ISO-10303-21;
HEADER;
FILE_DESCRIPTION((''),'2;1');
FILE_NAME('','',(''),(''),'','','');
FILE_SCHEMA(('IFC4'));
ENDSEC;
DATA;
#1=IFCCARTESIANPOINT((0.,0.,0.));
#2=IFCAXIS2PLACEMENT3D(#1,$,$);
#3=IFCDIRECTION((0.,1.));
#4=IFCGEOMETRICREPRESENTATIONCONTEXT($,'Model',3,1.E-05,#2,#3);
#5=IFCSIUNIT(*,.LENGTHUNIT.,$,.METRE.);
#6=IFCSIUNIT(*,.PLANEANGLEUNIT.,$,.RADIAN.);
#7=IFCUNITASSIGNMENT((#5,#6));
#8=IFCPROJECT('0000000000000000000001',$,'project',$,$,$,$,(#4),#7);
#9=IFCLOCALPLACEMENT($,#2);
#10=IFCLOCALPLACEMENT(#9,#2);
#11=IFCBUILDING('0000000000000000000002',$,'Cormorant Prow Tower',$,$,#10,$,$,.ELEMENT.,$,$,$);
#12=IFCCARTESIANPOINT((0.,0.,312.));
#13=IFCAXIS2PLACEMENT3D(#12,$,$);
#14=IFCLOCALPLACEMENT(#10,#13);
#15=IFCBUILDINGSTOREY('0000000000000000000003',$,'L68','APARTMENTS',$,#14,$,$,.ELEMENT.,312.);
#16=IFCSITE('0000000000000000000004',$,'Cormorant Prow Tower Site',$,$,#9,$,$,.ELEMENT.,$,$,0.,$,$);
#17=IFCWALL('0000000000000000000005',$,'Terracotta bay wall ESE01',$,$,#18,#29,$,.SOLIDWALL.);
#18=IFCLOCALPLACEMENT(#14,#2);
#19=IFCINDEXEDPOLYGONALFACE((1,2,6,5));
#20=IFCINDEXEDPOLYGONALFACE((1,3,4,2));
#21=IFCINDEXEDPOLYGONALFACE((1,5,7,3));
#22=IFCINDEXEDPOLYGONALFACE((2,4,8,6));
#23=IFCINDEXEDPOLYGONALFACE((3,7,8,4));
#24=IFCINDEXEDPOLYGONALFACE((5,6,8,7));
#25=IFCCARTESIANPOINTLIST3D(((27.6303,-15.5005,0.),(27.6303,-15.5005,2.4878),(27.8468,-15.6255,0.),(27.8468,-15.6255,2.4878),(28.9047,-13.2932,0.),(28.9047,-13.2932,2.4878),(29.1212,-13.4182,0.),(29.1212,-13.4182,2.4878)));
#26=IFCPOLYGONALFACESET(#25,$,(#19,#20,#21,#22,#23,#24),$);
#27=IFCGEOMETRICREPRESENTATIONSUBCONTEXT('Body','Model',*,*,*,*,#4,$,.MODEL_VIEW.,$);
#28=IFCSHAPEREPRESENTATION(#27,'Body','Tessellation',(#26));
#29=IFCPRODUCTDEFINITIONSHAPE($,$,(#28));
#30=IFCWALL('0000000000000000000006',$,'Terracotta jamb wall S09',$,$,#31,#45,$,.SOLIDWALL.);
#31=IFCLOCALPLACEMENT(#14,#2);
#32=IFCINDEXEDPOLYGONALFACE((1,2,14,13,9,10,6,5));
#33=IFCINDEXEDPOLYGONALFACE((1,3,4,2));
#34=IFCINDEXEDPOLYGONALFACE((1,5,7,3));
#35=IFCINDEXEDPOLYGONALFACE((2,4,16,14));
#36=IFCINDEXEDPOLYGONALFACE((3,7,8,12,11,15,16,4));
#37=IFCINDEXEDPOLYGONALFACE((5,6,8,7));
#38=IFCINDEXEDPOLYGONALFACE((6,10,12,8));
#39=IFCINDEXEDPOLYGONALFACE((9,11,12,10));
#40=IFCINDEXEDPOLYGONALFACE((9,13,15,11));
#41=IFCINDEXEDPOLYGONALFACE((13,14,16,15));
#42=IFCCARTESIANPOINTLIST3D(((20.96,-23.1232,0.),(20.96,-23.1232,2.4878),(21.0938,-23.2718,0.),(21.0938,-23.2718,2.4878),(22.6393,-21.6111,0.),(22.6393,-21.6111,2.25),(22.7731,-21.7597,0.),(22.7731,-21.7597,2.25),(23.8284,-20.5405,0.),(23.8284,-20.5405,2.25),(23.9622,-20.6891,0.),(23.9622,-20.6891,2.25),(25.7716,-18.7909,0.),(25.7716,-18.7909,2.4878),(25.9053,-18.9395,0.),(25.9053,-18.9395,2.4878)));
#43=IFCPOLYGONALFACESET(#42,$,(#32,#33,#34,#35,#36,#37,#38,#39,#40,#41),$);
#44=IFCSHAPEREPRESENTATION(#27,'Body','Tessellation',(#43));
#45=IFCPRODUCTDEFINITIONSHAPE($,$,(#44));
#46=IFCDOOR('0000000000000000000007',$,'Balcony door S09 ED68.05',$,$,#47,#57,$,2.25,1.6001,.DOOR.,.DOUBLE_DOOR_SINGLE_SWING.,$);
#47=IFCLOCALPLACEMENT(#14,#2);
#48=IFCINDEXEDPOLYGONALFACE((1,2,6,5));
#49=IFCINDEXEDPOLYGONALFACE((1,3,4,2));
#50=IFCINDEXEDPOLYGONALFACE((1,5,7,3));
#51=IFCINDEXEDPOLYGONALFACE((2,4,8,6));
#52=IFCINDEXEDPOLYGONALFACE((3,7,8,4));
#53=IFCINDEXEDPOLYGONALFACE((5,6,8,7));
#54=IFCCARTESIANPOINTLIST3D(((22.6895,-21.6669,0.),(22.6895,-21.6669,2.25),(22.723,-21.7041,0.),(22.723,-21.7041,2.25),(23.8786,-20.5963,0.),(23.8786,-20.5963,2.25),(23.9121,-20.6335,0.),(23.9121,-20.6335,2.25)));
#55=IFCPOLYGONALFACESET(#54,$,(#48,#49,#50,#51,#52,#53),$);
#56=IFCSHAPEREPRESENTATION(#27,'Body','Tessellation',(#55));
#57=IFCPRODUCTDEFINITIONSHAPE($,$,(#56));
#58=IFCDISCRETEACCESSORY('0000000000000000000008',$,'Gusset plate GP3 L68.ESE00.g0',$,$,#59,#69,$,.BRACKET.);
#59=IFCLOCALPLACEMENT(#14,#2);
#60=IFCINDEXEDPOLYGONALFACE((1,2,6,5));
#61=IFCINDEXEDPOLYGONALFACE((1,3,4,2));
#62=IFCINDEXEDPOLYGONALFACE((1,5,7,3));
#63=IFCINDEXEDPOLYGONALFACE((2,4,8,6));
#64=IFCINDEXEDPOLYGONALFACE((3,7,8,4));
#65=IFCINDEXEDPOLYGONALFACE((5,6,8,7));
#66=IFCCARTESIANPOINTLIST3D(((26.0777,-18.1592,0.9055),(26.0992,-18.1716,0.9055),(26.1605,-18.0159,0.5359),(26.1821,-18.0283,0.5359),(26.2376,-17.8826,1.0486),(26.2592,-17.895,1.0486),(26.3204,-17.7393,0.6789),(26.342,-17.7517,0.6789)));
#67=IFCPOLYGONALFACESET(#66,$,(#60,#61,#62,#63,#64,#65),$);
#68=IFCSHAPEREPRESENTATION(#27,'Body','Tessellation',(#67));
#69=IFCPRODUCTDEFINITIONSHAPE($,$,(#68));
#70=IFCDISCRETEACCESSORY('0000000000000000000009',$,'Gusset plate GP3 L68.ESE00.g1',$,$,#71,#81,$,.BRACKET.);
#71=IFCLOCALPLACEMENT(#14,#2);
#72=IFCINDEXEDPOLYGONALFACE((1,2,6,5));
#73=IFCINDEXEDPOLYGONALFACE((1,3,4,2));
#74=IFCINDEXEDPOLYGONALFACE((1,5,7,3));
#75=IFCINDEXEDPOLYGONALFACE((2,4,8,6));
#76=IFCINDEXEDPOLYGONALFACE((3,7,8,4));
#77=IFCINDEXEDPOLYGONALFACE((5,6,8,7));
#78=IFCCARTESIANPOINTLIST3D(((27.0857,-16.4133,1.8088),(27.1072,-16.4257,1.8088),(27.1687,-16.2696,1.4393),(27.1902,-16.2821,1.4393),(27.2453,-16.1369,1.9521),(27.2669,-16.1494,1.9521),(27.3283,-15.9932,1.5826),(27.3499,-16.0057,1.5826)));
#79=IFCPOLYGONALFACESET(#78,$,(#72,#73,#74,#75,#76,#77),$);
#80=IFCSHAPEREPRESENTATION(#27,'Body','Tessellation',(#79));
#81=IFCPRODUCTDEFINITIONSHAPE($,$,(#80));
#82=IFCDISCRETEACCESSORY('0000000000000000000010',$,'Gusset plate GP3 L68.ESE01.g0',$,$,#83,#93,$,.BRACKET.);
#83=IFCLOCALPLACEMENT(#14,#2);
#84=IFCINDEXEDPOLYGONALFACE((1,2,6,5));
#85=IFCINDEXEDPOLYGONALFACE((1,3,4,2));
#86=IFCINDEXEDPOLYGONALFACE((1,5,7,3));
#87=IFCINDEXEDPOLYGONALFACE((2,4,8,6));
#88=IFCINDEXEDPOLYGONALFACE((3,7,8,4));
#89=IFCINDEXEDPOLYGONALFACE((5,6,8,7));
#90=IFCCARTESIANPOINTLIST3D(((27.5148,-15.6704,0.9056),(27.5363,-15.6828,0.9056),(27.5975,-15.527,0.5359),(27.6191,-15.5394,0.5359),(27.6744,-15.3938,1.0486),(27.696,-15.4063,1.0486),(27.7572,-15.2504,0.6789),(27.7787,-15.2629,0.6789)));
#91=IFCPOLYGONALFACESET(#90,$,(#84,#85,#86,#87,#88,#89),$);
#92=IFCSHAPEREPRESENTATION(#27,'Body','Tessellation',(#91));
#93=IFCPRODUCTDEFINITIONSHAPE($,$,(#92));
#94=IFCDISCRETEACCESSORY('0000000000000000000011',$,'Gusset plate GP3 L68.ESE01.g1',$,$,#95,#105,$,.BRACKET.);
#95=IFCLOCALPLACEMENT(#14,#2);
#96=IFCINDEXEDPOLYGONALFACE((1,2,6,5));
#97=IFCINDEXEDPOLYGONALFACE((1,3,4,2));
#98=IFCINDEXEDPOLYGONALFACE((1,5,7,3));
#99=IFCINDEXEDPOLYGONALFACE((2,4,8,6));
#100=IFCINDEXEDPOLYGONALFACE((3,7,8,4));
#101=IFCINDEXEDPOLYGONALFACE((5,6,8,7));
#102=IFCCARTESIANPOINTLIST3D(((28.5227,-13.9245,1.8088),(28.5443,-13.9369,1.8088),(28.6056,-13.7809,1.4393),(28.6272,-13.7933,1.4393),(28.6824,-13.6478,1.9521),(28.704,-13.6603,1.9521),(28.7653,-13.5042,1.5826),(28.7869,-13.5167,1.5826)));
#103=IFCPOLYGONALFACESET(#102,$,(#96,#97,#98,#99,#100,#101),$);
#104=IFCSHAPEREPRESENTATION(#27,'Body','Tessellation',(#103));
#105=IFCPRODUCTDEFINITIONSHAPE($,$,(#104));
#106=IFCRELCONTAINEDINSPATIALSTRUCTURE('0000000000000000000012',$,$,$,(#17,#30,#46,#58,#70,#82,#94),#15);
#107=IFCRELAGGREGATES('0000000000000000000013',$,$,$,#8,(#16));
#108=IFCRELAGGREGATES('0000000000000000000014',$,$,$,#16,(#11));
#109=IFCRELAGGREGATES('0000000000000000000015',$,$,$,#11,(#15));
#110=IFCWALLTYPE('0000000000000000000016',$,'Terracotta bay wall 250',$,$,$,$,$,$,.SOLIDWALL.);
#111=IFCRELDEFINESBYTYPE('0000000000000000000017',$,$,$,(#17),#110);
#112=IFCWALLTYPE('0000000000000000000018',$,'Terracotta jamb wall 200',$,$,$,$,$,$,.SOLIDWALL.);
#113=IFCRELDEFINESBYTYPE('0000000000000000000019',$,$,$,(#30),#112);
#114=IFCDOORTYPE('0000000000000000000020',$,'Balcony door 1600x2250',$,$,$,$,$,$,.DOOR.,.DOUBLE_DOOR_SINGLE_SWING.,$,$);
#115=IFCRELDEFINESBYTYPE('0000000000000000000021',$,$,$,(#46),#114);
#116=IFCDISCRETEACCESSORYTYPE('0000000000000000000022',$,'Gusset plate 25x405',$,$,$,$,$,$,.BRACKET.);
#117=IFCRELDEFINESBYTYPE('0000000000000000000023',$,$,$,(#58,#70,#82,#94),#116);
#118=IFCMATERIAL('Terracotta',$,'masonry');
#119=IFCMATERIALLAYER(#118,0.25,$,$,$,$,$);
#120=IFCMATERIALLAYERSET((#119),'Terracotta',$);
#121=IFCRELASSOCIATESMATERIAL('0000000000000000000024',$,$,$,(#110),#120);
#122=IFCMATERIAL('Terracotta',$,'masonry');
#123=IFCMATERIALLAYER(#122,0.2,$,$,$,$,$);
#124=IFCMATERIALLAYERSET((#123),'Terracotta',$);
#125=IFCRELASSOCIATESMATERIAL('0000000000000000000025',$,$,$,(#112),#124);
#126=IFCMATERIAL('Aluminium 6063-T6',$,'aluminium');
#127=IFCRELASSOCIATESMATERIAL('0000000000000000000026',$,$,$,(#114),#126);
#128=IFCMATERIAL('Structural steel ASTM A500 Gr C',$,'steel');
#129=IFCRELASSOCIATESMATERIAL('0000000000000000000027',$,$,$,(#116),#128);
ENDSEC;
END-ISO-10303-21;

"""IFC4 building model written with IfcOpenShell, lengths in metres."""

from ifc_helpers import new_model, si_unit, direction, frame, frame_2d, origin, origin_2d, place, context, subcontext, project, spatial, rectangle, extrude, material, layer, layer_set, material_profile, profile_set, type_object, element, fill, save


model = new_model("IFC4")

# Units and contexts
model_context = context("Model", 3, precision=1e-05, world=origin(), true_north=direction((0.0, 1.0)))
body_context = subcontext(model_context, "Body", "Model", "MODEL_VIEW")
ifc_project = project(units=[si_unit("LENGTHUNIT", "METRE"), si_unit("PLANEANGLEUNIT", "RADIAN")], contexts=[model_context])

# Site, building, storey
site_placement = place(None, origin())
site = spatial("IfcSite", under=ifc_project, at=site_placement, Name="Cormorant Prow Tower Site", CompositionType="ELEMENT", RefElevation=0.0)
building_placement = place(site_placement, origin())
building = spatial("IfcBuilding", under=site, at=building_placement, Name="Cormorant Prow Tower", CompositionType="ELEMENT")
storey_placement = place(building_placement, frame((0.0, 0.0, 312.0)))
storey = spatial("IfcBuildingStorey", under=building, at=storey_placement, Name="L68", Description="APARTMENTS", CompositionType="ELEMENT", Elevation=312.0)

# Shared definitions
ifc_material_1 = material(Name="Terracotta", Category="masonry")
ifc_layer_1 = layer(ifc_material_1, 0.25)
ifc_layer_set_1 = layer_set([ifc_layer_1], Name="Terracotta")
wall_type_1 = type_object("IfcWallType", Name="Terracotta bay wall 250", PredefinedType="SOLIDWALL", material=ifc_layer_set_1)

# Wall
wall_1_placement = place(storey_placement, frame((27.7385, -15.563, 0.0), z_axis=(0.0, 0.0, 1.0), x_axis=(0.500013, 0.866018, 0.0)))
element("IfcWall", 1, at=wall_1_placement, inside=storey, type_object=wall_type_1, Name="Terracotta bay wall ESE01", PredefinedType="SOLIDWALL", context=body_context, shape_type="SweptSolid", body=[
    extrude(rectangle(XDim=2.5488, YDim=0.25, at=frame_2d((1.2744, 0.0))), origin(), (0.0, 0.0, 1.0), 2.4878),
])

# Wall, opening, door
ifc_material_2 = material(Name="Terracotta", Category="masonry")
ifc_layer_2 = layer(ifc_material_2, 0.2)
ifc_layer_set_2 = layer_set([ifc_layer_2], Name="Terracotta")
wall_type_2 = type_object("IfcWallType", Name="Terracotta jamb wall 200", PredefinedType="SOLIDWALL", material=ifc_layer_set_2)
wall_2_placement = place(storey_placement, frame((21.0269, -23.1975, 0.0), z_axis=(0.0, 0.0, 1.0), x_axis=(0.743148, 0.669127, 0.0)))
wall_2 = element("IfcWall", 2, at=wall_2_placement, inside=storey, type_object=wall_type_2, Name="Terracotta jamb wall S09", PredefinedType="SOLIDWALL", context=body_context, shape_type="SweptSolid", body=[
    extrude(rectangle(XDim=6.4746, YDim=0.2, at=frame_2d((3.2373, 0.0))), origin(), (0.0, 0.0, 1.0), 2.4878),
])
opening_1_placement = place(wall_2_placement, frame((2.2598, 0.0, 0.0)))
opening_1 = element("IfcOpeningElement", 3, at=opening_1_placement, cuts=wall_2, PredefinedType="OPENING", context=body_context, shape_type="SweptSolid", body=[
    extrude(rectangle(XDim=1.6001, YDim=2.25, at=frame_2d((0.8, 1.125))), frame((0.0, 0.1099, 0.0), z_axis=(0.0, -1.0, 0.0), x_axis=(1.0, 0.0, 0.0)), (0.0, 0.0, 1.0), 0.22),
])
ifc_material_3 = material(Name="Aluminium 6063-T6", Category="aluminium")
door_type_1 = type_object("IfcDoorType", Name="Balcony door 1600x2250", OperationType="DOUBLE_DOOR_SINGLE_SWING", PredefinedType="DOOR", material=ifc_material_3)
door_1_placement = place(opening_1_placement, origin())
door_1 = element("IfcDoor", 4, at=door_1_placement, inside=storey, type_object=door_type_1, Name="Balcony door S09 ED68.05", OperationType="DOUBLE_DOOR_SINGLE_SWING", OverallHeight=2.25, OverallWidth=1.6001, PredefinedType="DOOR", context=body_context, shape_type="SweptSolid", body=[
    extrude(rectangle(XDim=1.6001, YDim=2.25, at=frame_2d((0.8, 1.125))), frame((0.0, 0.0249, 0.0), z_axis=(0.0, -1.0, 0.0), x_axis=(1.0, 0.0, 0.0)), (0.0, 0.0, 1.0), 0.05),
])
fill(opening_1, door_1)

# Discrete accessories
ifc_material_4 = material(Name="Structural steel ASTM A500 Gr C", Category="steel")
ifc_material_profile_1 = material_profile(ifc_material_4, rectangle(XDim=0.0249, YDim=0.405, at=origin_2d()), Name="Gusset plate 25x405")
ifc_profile_set_1 = profile_set([ifc_material_profile_1], Name="Structural steel ASTM A500 Gr C")
discrete_accessory_type = type_object("IfcDiscreteAccessoryType", Name="Gusset plate 25x405", PredefinedType="BRACKET", material=ifc_profile_set_1)
discrete_accessory_1_placement = place(storey_placement, frame((26.2898, -17.8171, 0.8638), z_axis=(-0.456792, -0.790145, -0.408672), x_axis=(0.86574, -0.500494, 0.0)))
element("IfcDiscreteAccessory", 5, at=discrete_accessory_1_placement, inside=storey, type_object=discrete_accessory_type, Name="Gusset plate GP3 L68.ESE00.g0", PredefinedType="BRACKET", context=body_context, shape_type="SweptSolid", body=[
    extrude(rectangle(XDim=0.0249, YDim=0.405, at=origin_2d()), origin(), (0.0, 0.0, 1.0), 0.3501),
])
for number, where, z_axis, x_axis, name in (
    (6, (27.1379, -16.3477, 1.624), (0.456361, 0.789909, 0.409608), (-0.86588, 0.500252, 0.0), "Gusset plate GP3 L68.ESE00.g1"),
    (7, (27.7266, -15.3284, 0.8638), (-0.456239, -0.790397, -0.408802), (0.866071, -0.499921, 0.0), "Gusset plate GP3 L68.ESE01.g0"),
):
    element("IfcDiscreteAccessory", number, at=place(storey_placement, frame(where, z_axis=z_axis, x_axis=x_axis)), inside=storey, type_object=discrete_accessory_type, Name=name, PredefinedType="BRACKET", context=body_context, shape_type="SweptSolid", body=[
        extrude(rectangle(XDim=0.0249, YDim=0.405, at=origin_2d()), origin(), (0.0, 0.0, 1.0), 0.3499),
    ])
discrete_accessory_2_placement = place(storey_placement, frame((28.575, -13.8589, 1.624), z_axis=(0.456109, 0.790171, 0.409383), x_axis=(-0.866071, 0.499921, 0.0)))
element("IfcDiscreteAccessory", 8, at=discrete_accessory_2_placement, inside=storey, type_object=discrete_accessory_type, Name="Gusset plate GP3 L68.ESE01.g1", PredefinedType="BRACKET", context=body_context, shape_type="SweptSolid", body=[
    extrude(rectangle(XDim=0.0249, YDim=0.405, at=origin_2d()), origin(), (0.0, 0.0, 1.0), 0.3501),
])

save(model, "model.ifc")
